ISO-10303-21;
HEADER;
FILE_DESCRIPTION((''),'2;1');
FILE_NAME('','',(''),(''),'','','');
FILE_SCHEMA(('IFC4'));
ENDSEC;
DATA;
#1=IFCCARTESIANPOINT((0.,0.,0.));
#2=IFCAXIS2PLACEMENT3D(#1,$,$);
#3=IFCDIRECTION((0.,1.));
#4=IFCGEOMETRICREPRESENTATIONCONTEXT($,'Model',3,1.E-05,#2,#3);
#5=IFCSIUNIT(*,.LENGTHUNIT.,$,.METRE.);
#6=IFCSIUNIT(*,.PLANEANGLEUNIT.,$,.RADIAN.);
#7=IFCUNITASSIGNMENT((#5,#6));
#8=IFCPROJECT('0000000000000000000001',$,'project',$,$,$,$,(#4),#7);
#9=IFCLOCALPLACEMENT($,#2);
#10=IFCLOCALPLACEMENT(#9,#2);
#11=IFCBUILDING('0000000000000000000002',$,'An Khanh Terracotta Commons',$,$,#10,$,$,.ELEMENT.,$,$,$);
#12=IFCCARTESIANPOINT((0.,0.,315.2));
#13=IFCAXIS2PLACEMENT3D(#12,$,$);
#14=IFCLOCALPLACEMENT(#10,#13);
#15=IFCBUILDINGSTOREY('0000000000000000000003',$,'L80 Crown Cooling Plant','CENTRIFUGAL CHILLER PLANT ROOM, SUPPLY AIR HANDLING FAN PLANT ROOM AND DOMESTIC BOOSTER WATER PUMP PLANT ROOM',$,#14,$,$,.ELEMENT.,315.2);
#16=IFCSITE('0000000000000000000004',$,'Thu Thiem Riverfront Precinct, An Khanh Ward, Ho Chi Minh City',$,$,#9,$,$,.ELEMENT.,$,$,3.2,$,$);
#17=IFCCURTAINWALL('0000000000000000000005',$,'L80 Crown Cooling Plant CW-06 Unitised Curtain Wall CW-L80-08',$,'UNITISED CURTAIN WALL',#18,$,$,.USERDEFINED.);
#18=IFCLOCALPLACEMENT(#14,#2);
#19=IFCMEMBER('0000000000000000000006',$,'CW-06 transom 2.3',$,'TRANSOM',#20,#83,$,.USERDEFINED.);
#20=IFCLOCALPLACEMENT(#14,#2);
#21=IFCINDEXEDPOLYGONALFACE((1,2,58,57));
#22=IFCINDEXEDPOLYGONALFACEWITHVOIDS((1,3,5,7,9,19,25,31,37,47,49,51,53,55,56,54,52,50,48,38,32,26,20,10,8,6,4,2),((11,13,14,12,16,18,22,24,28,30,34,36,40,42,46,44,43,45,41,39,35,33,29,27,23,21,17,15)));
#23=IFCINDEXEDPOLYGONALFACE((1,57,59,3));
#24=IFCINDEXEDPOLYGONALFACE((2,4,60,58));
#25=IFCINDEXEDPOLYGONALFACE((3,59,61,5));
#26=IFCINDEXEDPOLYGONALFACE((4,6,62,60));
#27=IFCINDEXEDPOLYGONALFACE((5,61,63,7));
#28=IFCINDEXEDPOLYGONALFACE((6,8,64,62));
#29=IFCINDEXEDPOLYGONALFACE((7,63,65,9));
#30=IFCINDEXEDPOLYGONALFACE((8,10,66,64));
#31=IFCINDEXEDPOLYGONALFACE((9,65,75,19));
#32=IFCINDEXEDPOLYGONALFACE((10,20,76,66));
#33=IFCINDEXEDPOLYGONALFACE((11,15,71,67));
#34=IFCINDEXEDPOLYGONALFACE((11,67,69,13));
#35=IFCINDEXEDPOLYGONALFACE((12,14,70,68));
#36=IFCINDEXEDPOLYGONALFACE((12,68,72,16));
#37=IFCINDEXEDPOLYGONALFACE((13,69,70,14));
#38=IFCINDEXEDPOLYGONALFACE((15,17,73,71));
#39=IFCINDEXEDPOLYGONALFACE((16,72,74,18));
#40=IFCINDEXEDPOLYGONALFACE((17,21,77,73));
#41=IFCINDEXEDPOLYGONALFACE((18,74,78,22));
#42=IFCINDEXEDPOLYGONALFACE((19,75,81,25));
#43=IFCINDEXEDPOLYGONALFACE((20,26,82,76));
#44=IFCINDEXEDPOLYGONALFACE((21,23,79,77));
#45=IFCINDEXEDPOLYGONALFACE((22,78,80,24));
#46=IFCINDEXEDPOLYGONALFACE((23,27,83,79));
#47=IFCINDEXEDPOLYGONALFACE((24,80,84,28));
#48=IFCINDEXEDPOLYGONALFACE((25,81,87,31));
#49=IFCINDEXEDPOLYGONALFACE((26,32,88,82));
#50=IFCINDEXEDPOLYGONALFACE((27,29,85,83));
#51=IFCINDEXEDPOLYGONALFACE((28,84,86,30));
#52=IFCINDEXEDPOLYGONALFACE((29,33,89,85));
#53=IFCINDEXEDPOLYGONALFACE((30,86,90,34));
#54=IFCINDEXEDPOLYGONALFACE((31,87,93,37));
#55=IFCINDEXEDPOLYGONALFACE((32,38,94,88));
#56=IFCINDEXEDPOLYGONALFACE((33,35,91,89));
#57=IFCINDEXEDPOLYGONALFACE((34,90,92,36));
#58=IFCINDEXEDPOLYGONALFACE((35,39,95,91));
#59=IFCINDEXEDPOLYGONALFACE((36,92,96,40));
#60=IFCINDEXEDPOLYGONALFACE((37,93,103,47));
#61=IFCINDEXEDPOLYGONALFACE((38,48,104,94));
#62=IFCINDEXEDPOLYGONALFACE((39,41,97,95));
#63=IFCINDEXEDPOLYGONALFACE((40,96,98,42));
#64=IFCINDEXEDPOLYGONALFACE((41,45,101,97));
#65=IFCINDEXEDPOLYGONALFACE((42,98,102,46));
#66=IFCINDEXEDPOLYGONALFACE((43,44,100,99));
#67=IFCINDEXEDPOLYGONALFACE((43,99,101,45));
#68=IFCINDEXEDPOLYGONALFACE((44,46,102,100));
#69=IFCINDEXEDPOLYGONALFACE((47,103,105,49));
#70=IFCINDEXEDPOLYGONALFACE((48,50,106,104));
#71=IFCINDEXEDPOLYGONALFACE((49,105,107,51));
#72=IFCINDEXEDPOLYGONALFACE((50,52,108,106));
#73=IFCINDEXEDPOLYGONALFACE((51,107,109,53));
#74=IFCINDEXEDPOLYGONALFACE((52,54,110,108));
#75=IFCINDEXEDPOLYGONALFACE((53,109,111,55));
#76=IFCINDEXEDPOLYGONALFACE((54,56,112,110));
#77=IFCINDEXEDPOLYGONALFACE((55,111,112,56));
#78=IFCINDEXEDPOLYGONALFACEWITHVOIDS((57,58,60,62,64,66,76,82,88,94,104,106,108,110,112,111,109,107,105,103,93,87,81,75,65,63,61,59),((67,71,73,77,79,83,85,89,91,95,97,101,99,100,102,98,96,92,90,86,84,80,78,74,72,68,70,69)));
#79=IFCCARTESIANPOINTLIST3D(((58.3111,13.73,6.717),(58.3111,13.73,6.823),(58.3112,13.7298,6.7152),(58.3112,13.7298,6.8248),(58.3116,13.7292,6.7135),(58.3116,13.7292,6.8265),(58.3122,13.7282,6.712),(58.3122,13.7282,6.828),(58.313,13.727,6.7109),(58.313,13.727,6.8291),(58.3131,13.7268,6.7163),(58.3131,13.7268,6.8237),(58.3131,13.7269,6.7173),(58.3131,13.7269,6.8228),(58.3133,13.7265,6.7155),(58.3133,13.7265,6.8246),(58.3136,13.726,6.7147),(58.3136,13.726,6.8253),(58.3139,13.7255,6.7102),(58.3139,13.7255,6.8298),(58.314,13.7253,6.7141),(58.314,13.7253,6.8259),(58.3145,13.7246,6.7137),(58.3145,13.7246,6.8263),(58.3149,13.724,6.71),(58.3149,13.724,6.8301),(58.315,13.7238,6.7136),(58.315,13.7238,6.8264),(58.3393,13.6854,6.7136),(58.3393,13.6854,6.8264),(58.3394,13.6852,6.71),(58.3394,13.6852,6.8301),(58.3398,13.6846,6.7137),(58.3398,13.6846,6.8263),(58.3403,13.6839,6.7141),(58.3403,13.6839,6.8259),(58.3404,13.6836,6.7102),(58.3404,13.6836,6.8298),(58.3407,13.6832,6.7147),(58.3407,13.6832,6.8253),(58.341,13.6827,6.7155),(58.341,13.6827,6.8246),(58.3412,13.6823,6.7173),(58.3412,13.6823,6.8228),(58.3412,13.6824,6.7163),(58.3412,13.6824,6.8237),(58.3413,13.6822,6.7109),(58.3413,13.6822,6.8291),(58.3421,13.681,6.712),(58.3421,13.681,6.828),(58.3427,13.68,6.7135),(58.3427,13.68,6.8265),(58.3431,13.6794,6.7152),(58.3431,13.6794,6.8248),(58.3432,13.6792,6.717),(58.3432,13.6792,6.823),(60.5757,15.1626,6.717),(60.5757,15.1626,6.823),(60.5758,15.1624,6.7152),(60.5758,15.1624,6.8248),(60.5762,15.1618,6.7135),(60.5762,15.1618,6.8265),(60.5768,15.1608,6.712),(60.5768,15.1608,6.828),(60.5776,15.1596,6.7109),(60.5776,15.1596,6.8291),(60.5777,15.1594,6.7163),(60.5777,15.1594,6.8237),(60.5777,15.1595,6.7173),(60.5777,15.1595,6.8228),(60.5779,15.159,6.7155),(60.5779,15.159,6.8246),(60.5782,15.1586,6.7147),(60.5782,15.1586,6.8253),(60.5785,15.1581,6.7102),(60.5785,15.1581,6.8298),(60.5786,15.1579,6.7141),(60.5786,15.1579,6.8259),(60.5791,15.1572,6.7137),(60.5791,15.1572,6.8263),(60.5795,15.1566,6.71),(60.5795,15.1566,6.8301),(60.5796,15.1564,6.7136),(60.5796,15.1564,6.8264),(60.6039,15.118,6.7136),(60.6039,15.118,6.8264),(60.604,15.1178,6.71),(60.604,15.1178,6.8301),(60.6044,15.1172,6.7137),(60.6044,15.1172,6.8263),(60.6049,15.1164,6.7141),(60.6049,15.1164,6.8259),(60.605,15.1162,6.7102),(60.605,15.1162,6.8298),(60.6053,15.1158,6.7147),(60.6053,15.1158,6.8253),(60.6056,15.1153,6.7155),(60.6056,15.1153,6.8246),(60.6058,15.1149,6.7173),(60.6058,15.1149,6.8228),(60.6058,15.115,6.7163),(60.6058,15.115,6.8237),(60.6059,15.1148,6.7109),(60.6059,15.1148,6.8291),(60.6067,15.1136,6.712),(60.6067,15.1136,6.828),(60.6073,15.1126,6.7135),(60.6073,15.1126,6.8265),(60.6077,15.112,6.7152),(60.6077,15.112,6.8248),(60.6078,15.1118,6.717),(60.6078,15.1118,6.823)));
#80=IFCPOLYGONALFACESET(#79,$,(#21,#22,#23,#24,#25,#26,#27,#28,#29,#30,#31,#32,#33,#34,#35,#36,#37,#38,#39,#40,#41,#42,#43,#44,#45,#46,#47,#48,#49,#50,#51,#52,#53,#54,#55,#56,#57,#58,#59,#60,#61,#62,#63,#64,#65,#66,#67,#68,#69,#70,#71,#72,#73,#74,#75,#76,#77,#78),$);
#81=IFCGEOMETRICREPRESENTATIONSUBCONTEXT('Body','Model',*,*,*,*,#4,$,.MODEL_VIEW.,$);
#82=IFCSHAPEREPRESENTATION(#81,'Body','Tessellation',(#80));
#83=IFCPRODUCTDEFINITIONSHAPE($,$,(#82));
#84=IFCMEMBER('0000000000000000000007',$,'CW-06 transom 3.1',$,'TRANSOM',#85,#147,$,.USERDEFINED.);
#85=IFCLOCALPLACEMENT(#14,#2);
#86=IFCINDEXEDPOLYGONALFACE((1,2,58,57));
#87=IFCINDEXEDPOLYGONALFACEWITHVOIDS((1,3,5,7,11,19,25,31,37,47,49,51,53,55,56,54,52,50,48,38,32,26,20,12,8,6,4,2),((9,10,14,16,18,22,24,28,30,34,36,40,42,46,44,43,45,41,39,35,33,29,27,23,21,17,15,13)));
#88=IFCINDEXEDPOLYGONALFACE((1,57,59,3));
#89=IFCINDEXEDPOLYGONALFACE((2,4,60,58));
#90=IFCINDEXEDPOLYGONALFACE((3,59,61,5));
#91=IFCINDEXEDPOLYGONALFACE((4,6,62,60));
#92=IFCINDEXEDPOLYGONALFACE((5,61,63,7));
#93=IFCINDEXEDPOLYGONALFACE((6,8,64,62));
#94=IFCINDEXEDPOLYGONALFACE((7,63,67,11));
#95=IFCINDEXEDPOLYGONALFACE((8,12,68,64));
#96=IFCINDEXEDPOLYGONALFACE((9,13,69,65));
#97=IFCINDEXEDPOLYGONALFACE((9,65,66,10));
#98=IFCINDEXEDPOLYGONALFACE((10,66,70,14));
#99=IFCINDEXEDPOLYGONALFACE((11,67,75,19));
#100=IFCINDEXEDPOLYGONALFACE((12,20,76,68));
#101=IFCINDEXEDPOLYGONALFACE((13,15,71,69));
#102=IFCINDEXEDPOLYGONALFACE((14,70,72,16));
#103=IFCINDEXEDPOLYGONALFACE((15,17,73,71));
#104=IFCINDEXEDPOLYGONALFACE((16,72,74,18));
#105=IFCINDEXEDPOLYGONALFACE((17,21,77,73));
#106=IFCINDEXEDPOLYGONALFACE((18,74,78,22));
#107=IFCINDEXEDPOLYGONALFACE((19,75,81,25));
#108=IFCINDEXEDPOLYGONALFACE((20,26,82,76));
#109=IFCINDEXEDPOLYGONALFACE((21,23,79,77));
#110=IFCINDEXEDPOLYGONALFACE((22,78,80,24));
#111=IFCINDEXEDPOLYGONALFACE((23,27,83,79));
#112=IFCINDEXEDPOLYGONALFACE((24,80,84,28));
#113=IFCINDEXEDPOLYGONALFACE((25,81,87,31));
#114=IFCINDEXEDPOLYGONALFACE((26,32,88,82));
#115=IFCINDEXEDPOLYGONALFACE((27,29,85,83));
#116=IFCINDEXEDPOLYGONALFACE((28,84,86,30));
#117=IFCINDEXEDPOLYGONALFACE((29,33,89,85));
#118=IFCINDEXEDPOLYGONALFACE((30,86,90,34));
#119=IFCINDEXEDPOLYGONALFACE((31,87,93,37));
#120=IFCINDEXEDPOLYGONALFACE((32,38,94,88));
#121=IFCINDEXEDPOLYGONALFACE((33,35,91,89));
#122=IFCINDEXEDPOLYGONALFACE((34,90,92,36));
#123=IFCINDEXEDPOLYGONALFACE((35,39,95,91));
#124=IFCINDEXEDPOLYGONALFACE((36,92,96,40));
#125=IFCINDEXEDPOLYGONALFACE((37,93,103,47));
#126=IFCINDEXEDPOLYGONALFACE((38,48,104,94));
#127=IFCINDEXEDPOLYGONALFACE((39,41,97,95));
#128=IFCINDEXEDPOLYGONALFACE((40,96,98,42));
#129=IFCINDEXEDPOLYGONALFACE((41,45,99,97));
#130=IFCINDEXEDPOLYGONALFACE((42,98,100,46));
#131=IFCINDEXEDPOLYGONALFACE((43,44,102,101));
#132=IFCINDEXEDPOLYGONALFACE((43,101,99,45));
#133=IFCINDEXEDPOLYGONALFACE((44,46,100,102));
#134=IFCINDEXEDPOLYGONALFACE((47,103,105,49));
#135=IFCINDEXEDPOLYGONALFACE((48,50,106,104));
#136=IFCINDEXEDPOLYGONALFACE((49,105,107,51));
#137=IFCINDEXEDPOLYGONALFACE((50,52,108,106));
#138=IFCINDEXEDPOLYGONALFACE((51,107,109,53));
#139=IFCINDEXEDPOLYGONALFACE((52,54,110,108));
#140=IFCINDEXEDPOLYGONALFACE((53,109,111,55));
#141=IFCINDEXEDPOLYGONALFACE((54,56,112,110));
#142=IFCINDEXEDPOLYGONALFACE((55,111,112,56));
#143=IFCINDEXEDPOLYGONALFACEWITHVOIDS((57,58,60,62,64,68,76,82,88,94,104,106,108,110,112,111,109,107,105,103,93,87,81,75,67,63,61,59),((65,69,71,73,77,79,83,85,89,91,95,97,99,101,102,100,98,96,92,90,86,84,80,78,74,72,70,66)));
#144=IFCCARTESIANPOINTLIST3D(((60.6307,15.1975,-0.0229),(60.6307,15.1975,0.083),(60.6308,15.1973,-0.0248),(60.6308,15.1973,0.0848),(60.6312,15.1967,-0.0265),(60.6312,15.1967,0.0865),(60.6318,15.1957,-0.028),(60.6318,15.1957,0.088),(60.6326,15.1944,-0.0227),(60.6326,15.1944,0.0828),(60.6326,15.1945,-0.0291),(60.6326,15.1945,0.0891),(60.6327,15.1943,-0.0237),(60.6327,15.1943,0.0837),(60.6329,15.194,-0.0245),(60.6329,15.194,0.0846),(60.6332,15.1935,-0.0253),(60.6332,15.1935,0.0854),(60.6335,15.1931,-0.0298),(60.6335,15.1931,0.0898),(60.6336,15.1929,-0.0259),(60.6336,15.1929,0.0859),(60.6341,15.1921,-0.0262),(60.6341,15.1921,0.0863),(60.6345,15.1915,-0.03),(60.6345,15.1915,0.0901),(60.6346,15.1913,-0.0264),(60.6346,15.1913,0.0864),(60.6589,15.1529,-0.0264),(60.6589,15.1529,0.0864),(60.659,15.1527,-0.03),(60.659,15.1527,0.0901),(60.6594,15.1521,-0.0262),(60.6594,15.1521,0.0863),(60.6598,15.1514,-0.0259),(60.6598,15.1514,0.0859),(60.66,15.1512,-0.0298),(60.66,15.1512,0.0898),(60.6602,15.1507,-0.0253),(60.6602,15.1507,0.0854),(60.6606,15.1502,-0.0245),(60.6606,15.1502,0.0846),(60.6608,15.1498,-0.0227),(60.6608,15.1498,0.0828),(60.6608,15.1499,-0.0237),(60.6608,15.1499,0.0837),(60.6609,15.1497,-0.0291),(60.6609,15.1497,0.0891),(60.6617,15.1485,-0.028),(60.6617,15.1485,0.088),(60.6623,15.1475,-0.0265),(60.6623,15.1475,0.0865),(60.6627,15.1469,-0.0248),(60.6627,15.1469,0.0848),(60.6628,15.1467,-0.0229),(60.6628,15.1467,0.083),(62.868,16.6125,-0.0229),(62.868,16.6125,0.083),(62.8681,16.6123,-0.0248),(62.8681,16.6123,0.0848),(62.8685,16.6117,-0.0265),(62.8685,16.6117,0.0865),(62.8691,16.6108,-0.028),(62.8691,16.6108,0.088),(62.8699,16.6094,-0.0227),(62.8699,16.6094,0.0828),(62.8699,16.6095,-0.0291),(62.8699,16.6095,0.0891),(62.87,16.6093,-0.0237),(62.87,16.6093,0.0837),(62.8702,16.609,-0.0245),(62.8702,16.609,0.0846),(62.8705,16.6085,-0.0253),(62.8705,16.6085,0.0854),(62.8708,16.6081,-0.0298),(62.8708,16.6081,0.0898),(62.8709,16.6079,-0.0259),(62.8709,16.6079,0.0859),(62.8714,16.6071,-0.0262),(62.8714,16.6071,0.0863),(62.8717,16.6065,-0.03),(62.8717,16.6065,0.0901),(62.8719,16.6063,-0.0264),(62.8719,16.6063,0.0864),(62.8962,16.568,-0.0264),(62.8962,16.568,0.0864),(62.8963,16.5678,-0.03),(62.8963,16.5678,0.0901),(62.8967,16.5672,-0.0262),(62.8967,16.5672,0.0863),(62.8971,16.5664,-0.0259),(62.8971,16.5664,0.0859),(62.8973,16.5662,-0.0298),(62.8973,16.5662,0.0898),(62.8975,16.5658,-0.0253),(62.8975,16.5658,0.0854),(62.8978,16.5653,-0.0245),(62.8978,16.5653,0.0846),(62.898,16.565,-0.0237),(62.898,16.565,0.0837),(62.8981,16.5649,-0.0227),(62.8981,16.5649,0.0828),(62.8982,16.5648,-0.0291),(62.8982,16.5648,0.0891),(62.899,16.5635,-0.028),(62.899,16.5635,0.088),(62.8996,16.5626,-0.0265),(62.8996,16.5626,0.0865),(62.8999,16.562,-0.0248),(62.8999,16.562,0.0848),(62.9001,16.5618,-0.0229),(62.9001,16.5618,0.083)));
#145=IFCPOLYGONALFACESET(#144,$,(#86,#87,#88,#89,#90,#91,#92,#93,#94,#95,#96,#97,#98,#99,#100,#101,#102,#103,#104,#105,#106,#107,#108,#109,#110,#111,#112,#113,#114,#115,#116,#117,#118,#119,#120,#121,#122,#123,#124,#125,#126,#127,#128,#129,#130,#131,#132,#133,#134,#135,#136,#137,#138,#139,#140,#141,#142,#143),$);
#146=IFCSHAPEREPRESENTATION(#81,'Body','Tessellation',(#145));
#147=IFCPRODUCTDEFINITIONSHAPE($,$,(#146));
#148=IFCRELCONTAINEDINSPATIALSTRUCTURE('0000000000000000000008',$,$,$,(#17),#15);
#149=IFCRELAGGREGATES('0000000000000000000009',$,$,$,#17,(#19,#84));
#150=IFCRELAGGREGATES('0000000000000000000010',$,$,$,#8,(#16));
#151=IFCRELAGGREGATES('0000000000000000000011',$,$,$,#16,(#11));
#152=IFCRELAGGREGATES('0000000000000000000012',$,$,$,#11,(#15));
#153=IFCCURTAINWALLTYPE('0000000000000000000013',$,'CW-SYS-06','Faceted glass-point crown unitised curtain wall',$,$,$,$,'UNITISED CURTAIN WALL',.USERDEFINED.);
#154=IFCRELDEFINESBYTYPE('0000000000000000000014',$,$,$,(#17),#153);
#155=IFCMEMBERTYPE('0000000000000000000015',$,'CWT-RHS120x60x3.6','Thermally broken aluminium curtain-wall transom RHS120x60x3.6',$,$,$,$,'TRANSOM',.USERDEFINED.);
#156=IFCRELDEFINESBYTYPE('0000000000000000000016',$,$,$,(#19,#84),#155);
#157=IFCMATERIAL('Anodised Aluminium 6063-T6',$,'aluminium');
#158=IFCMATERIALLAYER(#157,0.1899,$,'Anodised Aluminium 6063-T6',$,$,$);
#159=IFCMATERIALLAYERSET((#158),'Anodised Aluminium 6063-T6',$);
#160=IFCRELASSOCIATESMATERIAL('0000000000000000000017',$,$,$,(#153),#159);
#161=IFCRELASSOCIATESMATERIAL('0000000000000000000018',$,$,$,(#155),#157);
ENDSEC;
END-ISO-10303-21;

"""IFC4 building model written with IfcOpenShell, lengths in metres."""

from ifc_helpers import new_model, si_unit, direction, frame, origin, origin_2d, place, context, subcontext, project, spatial, hollow_rectangle, extrude, material, layer, layer_set, material_profile, profile_set, type_object, element, aggregate, save


model = new_model("IFC4")

# Units and contexts
model_context = context("Model", 3, precision=1e-05, world=origin(), true_north=direction((0.0, 1.0)))
body_context = subcontext(model_context, "Body", "Model", "MODEL_VIEW")
ifc_project = project(units=[si_unit("LENGTHUNIT", "METRE"), si_unit("PLANEANGLEUNIT", "RADIAN")], contexts=[model_context])

# Site, building, storey
site_placement = place(None, origin())
site = spatial("IfcSite", under=ifc_project, at=site_placement, Name="Thu Thiem Riverfront Precinct, An Khanh Ward, Ho Chi Minh City", CompositionType="ELEMENT", RefElevation=3.2)
building_placement = place(site_placement, origin())
building = spatial("IfcBuilding", under=site, at=building_placement, Name="An Khanh Terracotta Commons", CompositionType="ELEMENT")
storey_placement = place(building_placement, frame((0.0, 0.0, 315.2)))
storey = spatial("IfcBuildingStorey", under=building, at=storey_placement, Name="L80 Crown Cooling Plant", Description="CENTRIFUGAL CHILLER PLANT ROOM, SUPPLY AIR HANDLING FAN PLANT ROOM AND DOMESTIC BOOSTER WATER PUMP PLANT ROOM", CompositionType="ELEMENT", Elevation=315.2)

# Curtain wall, members
ifc_material_1 = material(Name="Anodised Aluminium 6063-T6", Category="aluminium")
ifc_layer_1 = layer(ifc_material_1, 0.1899, Name="Anodised Aluminium 6063-T6")
ifc_layer_set_1 = layer_set([ifc_layer_1], Name="Anodised Aluminium 6063-T6")
curtain_wall_type = type_object("IfcCurtainWallType", Name="CW-SYS-06", Description="Faceted glass-point crown unitised curtain wall", ElementType="UNITISED CURTAIN WALL", PredefinedType="USERDEFINED", material=ifc_layer_set_1)
curtain_wall_placement = place(storey_placement, origin())
curtain_wall = element("IfcCurtainWall", 1, at=curtain_wall_placement, inside=storey, type_object=curtain_wall_type, Name="L80 Crown Cooling Plant CW-06 Unitised Curtain Wall CW-L80-08", ObjectType="UNITISED CURTAIN WALL", PredefinedType="USERDEFINED")
ifc_material_profile_1 = material_profile(ifc_material_1, hollow_rectangle(XDim=0.0601, YDim=0.1201, WallThickness=0.0037, InnerFilletRadius=0.0037, OuterFilletRadius=0.0071, at=origin_2d()), Name="RHS120x60x3.6")
ifc_profile_set_1 = profile_set([ifc_material_profile_1], Name="Anodised Aluminium 6063-T6")
member_type_1 = type_object("IfcMemberType", Name="CWT-RHS120x60x3.6", Description="Thermally broken aluminium curtain-wall transom RHS120x60x3.6", ElementType="TRANSOM", PredefinedType="USERDEFINED", material=ifc_profile_set_1)
member_1_placement = place(storey_placement, frame((58.3271, 13.7046, 6.77), z_axis=(0.845099, 0.53461, 0.0), x_axis=(-0.53461, 0.845099, 0.0)))
member_1 = element("IfcMember", 2, at=member_1_placement, type_object=member_type_1, Name="CW-06 transom 2.3", ObjectType="TRANSOM", PredefinedType="USERDEFINED", context=body_context, shape_type="SweptSolid", body=[
    extrude(hollow_rectangle(XDim=0.0601, YDim=0.1201, WallThickness=0.0037, InnerFilletRadius=0.0037, OuterFilletRadius=0.0071, at=origin_2d()), origin(), (0.0, 0.0, 1.0), 2.6797),
])
member_2_placement = place(storey_placement, frame((60.6467, 15.1721, 0.03), z_axis=(0.845147, 0.534534, 0.0), x_axis=(-0.534534, 0.845147, 0.0)))
member_2 = element("IfcMember", 3, at=member_2_placement, type_object=member_type_1, Name="CW-06 transom 3.1", ObjectType="TRANSOM", PredefinedType="USERDEFINED", context=body_context, shape_type="SweptSolid", body=[
    extrude(hollow_rectangle(XDim=0.0601, YDim=0.1201, WallThickness=0.0037, InnerFilletRadius=0.0037, OuterFilletRadius=0.0071, at=origin_2d()), origin(), (0.0, 0.0, 1.0), 2.6472),
])
aggregate(curtain_wall, [member_1, member_2])

save(model, "model.ifc")
